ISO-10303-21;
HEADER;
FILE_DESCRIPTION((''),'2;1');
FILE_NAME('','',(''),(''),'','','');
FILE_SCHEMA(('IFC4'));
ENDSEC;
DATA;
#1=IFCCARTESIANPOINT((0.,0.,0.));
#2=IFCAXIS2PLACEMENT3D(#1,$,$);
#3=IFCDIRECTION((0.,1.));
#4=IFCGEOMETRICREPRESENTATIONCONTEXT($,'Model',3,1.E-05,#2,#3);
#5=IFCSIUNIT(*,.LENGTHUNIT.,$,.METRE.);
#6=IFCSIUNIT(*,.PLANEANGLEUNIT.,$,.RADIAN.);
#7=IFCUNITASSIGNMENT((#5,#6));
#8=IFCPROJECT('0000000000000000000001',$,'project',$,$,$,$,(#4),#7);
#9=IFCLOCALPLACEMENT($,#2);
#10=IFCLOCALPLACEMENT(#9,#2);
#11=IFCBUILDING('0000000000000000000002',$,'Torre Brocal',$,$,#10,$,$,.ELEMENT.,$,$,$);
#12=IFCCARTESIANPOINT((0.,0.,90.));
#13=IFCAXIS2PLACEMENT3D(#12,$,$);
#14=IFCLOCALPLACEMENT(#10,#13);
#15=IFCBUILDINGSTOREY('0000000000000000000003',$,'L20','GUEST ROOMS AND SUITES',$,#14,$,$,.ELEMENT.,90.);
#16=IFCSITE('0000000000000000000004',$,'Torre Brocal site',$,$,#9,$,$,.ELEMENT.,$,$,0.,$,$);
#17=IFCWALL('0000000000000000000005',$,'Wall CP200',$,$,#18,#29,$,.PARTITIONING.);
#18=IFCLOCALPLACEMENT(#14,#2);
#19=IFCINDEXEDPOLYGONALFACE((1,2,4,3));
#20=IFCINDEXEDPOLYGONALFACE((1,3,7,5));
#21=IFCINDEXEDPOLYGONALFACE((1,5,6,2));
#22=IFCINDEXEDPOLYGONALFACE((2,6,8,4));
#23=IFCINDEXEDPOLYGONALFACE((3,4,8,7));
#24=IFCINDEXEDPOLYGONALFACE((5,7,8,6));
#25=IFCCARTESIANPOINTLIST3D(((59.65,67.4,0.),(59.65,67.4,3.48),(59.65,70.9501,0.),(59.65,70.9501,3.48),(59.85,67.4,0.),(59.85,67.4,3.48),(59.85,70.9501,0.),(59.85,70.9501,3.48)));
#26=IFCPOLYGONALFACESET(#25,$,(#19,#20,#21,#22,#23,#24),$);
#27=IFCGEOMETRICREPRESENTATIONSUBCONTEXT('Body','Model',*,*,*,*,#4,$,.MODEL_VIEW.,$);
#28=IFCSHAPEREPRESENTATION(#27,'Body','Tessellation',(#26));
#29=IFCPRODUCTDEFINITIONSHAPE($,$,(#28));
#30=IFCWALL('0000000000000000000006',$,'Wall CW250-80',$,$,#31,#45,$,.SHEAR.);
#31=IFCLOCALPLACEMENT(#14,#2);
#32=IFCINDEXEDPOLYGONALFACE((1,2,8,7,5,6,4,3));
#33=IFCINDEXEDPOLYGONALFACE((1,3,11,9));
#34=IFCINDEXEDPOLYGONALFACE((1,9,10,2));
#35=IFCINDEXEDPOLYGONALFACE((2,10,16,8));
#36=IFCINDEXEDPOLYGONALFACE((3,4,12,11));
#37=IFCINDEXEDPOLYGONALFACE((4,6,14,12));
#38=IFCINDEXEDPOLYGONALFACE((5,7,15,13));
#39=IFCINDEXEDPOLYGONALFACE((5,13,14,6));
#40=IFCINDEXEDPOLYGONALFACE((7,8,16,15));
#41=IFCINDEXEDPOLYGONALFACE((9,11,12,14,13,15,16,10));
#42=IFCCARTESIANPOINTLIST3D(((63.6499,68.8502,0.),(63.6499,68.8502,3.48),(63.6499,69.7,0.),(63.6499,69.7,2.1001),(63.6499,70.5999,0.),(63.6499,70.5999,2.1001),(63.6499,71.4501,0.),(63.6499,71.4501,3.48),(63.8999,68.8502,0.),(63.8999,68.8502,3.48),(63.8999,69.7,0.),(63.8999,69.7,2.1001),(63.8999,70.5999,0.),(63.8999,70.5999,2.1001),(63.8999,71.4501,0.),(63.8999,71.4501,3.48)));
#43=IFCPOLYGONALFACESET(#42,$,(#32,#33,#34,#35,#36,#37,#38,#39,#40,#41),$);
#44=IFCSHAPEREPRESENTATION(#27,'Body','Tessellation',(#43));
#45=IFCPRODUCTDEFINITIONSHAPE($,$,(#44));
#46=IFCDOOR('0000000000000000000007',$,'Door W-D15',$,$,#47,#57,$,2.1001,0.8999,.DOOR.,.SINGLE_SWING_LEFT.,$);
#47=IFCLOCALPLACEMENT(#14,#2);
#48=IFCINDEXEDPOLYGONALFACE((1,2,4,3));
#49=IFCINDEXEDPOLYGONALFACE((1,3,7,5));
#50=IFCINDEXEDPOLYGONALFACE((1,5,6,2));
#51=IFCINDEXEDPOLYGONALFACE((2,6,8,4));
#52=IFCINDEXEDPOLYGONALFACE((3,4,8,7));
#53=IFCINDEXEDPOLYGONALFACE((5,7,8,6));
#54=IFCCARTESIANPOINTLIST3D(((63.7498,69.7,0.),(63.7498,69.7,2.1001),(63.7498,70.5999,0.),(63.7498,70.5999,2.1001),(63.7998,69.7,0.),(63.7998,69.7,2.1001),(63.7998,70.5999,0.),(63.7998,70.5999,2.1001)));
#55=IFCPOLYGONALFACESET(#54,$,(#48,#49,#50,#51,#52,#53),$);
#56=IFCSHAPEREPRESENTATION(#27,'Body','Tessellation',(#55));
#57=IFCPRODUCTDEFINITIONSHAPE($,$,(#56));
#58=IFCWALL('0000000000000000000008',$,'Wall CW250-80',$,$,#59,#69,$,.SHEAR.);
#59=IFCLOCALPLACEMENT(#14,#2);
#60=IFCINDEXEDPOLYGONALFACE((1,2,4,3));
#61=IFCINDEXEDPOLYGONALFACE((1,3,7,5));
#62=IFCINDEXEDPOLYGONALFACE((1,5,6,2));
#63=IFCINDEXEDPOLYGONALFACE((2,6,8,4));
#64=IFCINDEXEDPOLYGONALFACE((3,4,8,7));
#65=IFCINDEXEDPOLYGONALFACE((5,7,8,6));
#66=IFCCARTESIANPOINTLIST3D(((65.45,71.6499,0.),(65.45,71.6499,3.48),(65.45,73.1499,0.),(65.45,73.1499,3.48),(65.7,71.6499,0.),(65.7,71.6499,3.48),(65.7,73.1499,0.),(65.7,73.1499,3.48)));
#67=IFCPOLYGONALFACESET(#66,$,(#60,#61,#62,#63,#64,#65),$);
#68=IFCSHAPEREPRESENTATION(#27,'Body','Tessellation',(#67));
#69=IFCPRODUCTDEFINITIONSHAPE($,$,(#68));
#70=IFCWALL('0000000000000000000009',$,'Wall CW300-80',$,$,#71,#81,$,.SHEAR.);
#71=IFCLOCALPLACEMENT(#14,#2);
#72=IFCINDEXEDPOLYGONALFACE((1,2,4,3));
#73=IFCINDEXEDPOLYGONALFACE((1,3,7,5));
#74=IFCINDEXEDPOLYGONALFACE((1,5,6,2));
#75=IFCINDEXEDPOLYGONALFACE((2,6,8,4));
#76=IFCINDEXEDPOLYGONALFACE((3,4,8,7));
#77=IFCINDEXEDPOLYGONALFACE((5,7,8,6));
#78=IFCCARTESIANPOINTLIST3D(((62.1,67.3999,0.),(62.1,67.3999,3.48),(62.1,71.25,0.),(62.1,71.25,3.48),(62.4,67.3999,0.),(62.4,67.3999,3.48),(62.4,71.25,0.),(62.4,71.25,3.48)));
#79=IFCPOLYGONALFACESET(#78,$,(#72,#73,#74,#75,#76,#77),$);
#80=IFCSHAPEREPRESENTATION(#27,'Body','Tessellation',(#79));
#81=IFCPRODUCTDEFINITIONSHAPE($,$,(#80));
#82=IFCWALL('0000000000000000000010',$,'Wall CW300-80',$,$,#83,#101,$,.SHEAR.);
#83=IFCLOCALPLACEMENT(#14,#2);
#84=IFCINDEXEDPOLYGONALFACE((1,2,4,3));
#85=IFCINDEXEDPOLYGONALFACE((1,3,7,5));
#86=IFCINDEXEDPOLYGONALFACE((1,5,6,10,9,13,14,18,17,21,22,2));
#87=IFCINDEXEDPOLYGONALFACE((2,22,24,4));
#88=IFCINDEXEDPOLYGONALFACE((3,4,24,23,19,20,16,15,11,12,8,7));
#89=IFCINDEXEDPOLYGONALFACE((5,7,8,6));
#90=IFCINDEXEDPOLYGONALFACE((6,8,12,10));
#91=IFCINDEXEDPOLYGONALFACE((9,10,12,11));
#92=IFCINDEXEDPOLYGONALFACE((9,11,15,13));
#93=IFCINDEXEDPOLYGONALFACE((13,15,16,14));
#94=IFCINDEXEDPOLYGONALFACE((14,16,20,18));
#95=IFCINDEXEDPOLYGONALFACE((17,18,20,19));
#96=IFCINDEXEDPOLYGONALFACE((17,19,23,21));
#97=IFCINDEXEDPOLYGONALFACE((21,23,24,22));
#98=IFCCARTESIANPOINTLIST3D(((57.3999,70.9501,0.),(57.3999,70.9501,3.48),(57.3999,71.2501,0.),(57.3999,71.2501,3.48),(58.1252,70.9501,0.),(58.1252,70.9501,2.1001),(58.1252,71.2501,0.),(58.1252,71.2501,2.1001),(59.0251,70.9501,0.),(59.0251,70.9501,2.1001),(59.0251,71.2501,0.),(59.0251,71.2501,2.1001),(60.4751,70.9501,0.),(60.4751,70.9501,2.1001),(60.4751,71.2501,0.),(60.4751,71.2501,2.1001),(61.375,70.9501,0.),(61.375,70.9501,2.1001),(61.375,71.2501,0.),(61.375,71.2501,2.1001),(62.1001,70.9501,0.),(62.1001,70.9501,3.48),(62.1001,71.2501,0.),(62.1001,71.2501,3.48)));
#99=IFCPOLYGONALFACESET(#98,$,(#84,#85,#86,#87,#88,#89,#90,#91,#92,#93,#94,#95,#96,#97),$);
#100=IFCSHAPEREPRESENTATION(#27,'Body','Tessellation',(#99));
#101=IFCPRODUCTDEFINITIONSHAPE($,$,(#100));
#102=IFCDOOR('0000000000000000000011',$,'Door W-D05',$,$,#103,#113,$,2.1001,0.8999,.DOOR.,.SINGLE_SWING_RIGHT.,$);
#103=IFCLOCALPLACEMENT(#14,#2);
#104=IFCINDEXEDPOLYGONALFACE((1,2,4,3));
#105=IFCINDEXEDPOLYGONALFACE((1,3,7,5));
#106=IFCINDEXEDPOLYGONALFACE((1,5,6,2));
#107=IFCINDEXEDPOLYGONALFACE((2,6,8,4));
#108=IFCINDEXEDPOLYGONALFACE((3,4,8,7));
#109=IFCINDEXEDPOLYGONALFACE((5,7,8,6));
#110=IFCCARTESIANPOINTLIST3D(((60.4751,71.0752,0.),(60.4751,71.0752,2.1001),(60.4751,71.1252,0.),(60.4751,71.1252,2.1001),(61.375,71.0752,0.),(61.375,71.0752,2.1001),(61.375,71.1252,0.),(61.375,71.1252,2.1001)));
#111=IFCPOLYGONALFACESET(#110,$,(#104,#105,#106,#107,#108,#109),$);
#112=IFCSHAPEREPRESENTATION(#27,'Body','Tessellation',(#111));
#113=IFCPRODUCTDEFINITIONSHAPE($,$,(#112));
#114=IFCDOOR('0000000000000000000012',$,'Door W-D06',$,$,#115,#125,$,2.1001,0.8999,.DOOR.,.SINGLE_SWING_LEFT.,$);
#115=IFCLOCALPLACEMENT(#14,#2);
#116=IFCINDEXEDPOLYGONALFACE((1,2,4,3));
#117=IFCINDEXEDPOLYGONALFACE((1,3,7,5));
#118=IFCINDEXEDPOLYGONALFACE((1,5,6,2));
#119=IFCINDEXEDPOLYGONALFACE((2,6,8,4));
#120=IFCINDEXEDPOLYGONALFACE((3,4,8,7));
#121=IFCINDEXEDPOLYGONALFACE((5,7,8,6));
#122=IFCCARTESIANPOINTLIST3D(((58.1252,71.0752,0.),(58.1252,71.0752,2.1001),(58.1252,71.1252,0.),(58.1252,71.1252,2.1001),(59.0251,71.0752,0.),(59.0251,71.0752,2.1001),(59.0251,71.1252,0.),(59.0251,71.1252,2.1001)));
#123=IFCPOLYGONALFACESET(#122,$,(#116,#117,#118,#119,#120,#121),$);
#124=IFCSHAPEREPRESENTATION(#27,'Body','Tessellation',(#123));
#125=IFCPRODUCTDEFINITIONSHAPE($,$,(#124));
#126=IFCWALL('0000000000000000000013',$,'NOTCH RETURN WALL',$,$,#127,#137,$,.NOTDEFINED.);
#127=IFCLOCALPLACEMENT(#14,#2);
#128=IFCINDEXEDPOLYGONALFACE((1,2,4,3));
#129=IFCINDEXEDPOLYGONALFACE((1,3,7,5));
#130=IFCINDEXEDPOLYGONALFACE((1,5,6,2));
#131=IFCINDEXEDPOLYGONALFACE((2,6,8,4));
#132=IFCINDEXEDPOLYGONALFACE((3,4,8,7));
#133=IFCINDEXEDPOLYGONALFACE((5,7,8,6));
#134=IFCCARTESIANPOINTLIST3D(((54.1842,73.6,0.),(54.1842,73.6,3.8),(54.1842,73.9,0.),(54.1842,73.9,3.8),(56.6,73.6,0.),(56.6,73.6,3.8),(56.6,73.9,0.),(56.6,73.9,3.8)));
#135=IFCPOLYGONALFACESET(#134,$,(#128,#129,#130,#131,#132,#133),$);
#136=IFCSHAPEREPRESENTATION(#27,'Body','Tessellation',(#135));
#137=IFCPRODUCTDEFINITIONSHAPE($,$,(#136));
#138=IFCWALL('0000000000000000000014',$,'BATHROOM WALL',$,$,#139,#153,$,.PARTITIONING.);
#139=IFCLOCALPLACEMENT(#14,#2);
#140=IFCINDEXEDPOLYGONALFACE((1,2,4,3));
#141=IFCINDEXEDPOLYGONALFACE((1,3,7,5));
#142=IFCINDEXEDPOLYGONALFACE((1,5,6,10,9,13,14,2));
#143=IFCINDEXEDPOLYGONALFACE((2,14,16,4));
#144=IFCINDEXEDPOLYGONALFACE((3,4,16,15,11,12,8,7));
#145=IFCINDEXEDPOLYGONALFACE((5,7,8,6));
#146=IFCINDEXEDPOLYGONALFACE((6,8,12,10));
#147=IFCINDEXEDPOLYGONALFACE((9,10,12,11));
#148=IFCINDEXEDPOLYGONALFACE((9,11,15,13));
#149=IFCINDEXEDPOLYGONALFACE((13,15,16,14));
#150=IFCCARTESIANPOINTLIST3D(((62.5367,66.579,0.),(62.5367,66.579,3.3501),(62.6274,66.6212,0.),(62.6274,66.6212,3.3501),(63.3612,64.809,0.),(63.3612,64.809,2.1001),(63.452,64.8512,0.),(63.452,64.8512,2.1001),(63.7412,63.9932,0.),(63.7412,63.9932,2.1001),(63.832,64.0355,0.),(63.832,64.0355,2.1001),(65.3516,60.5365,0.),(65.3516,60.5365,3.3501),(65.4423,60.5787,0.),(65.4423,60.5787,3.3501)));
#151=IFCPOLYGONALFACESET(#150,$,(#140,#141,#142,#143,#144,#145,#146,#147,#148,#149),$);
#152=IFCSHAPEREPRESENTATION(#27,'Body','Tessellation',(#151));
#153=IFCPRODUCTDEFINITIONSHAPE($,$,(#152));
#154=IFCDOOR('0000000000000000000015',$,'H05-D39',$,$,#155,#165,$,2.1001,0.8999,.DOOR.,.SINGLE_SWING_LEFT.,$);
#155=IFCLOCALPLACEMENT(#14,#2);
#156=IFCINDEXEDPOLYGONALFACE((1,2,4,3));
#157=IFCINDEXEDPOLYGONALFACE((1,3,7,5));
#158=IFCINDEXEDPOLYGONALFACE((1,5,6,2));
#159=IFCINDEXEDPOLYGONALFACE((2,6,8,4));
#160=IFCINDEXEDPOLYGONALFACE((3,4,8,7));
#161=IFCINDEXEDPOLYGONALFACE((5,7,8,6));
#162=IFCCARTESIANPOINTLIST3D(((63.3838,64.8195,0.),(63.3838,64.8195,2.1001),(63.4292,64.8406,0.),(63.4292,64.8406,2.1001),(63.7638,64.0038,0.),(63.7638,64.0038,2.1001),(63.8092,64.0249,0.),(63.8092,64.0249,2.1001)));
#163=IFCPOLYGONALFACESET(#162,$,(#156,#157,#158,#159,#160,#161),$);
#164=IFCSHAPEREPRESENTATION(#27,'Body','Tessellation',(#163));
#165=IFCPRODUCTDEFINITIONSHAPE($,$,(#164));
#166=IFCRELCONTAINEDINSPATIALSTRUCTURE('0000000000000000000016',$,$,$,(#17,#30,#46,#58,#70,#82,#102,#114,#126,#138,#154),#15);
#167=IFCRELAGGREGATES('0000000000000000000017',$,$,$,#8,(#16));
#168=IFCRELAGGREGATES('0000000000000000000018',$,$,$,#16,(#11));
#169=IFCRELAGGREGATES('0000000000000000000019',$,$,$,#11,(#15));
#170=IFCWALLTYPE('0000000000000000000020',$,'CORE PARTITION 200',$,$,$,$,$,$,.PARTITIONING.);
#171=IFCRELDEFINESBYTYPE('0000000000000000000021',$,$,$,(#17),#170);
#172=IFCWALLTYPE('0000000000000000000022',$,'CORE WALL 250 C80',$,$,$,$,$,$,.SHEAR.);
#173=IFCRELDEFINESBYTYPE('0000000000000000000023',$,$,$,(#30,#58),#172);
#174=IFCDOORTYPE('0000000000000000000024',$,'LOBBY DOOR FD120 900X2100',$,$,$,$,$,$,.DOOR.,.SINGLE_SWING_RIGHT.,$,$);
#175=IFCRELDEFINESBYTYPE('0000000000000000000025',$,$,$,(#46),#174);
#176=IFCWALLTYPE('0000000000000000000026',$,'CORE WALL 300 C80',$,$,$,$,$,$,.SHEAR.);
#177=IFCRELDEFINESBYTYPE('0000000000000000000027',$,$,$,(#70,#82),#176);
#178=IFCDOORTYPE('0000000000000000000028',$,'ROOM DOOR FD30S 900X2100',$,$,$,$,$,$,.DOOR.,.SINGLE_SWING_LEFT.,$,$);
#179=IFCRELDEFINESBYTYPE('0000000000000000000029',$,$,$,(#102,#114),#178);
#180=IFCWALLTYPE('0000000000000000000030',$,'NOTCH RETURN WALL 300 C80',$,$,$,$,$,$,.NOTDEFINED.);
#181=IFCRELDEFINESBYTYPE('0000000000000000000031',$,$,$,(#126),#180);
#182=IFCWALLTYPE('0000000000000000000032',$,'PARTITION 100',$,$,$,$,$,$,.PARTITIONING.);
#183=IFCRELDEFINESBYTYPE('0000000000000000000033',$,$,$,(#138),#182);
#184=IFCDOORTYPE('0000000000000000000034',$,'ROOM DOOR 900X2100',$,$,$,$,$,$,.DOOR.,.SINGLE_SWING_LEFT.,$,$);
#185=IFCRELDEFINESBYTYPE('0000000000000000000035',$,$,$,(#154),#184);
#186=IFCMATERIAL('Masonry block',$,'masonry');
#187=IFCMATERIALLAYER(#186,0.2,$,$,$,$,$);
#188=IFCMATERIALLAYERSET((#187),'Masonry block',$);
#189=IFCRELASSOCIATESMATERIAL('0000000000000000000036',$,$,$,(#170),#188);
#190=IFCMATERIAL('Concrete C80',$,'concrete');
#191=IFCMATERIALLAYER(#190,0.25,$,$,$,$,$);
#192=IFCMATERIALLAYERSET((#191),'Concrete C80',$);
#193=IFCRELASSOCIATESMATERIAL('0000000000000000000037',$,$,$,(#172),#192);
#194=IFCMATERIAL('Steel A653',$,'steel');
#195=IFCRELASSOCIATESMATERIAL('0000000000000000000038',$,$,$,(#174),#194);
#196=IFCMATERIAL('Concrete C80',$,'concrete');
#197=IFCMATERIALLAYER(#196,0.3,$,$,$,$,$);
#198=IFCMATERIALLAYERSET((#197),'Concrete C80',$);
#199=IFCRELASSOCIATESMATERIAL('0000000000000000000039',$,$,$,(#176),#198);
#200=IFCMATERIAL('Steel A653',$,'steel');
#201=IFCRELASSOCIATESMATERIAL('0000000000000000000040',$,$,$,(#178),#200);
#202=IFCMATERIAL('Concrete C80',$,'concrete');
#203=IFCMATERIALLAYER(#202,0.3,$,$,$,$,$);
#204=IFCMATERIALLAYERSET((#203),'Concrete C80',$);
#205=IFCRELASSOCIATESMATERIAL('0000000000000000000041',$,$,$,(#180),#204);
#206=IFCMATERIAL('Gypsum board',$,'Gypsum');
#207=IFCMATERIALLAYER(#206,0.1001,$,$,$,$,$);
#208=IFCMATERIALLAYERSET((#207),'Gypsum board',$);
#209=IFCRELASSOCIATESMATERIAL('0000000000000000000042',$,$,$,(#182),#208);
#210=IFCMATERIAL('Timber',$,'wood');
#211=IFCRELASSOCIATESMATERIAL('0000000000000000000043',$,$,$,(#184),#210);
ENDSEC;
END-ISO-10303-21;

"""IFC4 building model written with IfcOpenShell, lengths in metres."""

from ifc_helpers import new_model, si_unit, direction, frame, frame_2d, origin, place, context, subcontext, project, spatial, rectangle, extrude, material, layer, layer_set, type_object, element, fill, save


model = new_model("IFC4")

# Units and contexts
model_context = context("Model", 3, precision=1e-05, world=origin(), true_north=direction((0.0, 1.0)))
body_context = subcontext(model_context, "Body", "Model", "MODEL_VIEW")
ifc_project = project(units=[si_unit("LENGTHUNIT", "METRE"), si_unit("PLANEANGLEUNIT", "RADIAN")], contexts=[model_context])

# Site, building, storey
site_placement = place(None, origin())
site = spatial("IfcSite", under=ifc_project, at=site_placement, Name="Torre Brocal site", CompositionType="ELEMENT", RefElevation=0.0)
building_placement = place(site_placement, origin())
building = spatial("IfcBuilding", under=site, at=building_placement, Name="Torre Brocal", CompositionType="ELEMENT")
storey_placement = place(building_placement, frame((0.0, 0.0, 90.0)))
storey = spatial("IfcBuildingStorey", under=building, at=storey_placement, Name="L20", Description="GUEST ROOMS AND SUITES", CompositionType="ELEMENT", Elevation=90.0)

# Wall
ifc_material_1 = material(Name="Masonry block", Category="masonry")
ifc_layer_1 = layer(ifc_material_1, 0.2)
ifc_layer_set_1 = layer_set([ifc_layer_1], Name="Masonry block")
wall_type_1 = type_object("IfcWallType", Name="CORE PARTITION 200", PredefinedType="PARTITIONING", material=ifc_layer_set_1)
wall_1_placement = place(storey_placement, frame((59.75, 70.95, 0.0), z_axis=(0.0, 0.0, 1.0), x_axis=(0.0, -1.0, 0.0)))
element("IfcWall", 1, at=wall_1_placement, inside=storey, type_object=wall_type_1, Name="Wall CP200", PredefinedType="PARTITIONING", context=body_context, shape_type="SweptSolid", body=[
    extrude(rectangle(XDim=3.55, YDim=0.2, at=frame_2d((1.7749, 0.0))), origin(), (0.0, 0.0, 1.0), 3.48),
])

# Wall, opening, door
ifc_material_2 = material(Name="Concrete C80", Category="concrete")
ifc_layer_2 = layer(ifc_material_2, 0.25)
ifc_layer_set_2 = layer_set([ifc_layer_2], Name="Concrete C80")
wall_type_2 = type_object("IfcWallType", Name="CORE WALL 250 C80", PredefinedType="SHEAR", material=ifc_layer_set_2)
wall_2_placement = place(storey_placement, frame((63.7749, 71.45, 0.0), z_axis=(0.0, 0.0, 1.0), x_axis=(0.0, -1.0, 0.0)))
wall_2 = element("IfcWall", 2, at=wall_2_placement, inside=storey, type_object=wall_type_2, Name="Wall CW250-80", PredefinedType="SHEAR", context=body_context, shape_type="SweptSolid", body=[
    extrude(rectangle(XDim=2.5999, YDim=0.25, at=frame_2d((1.2998, 0.0))), origin(), (0.0, 0.0, 1.0), 3.48),
])
opening_1_placement = place(wall_2_placement, frame((0.8501, 0.0, 0.0)))
opening_1 = element("IfcOpeningElement", 3, at=opening_1_placement, cuts=wall_2, PredefinedType="OPENING", context=body_context, shape_type="SweptSolid", body=[
    extrude(rectangle(XDim=0.8999, YDim=2.1001, at=frame_2d((0.45, 1.05))), frame((0.0, 0.135, 0.0), z_axis=(0.0, -1.0, 0.0), x_axis=(1.0, 0.0, 0.0)), (0.0, 0.0, 1.0), 0.27),
])
ifc_material_3 = material(Name="Steel A653", Category="steel")
door_type_1 = type_object("IfcDoorType", Name="LOBBY DOOR FD120 900X2100", OperationType="SINGLE_SWING_RIGHT", PredefinedType="DOOR", material=ifc_material_3)
door_1_placement = place(opening_1_placement, origin())
door_1 = element("IfcDoor", 4, at=door_1_placement, inside=storey, type_object=door_type_1, Name="Door W-D15", OperationType="SINGLE_SWING_LEFT", OverallHeight=2.1001, OverallWidth=0.8999, PredefinedType="DOOR", context=body_context, shape_type="SweptSolid", body=[
    extrude(rectangle(XDim=0.8999, YDim=2.1001, at=frame_2d((0.45, 1.05))), frame((0.0, 0.0249, 0.0), z_axis=(0.0, -1.0, 0.0), x_axis=(1.0, 0.0, 0.0)), (0.0, 0.0, 1.0), 0.05),
])
fill(opening_1, door_1)

# Walls
wall_3_placement = place(storey_placement, frame((65.575, 73.1499, 0.0), z_axis=(0.0, 0.0, 1.0), x_axis=(0.0, -1.0, 0.0)))
element("IfcWall", 5, at=wall_3_placement, inside=storey, type_object=wall_type_2, Name="Wall CW250-80", PredefinedType="SHEAR", context=body_context, shape_type="SweptSolid", body=[
    extrude(rectangle(XDim=1.5, YDim=0.25, at=frame_2d((0.75, 0.0))), origin(), (0.0, 0.0, 1.0), 3.48),
])
ifc_material_4 = material(Name="Concrete C80", Category="concrete")
ifc_layer_3 = layer(ifc_material_4, 0.3)
ifc_layer_set_3 = layer_set([ifc_layer_3], Name="Concrete C80")
wall_type_3 = type_object("IfcWallType", Name="CORE WALL 300 C80", PredefinedType="SHEAR", material=ifc_layer_set_3)
wall_4_placement = place(storey_placement, frame((62.25, 71.25, 0.0), z_axis=(0.0, 0.0, 1.0), x_axis=(0.0, -1.0, 0.0)))
element("IfcWall", 6, at=wall_4_placement, inside=storey, type_object=wall_type_3, Name="Wall CW300-80", PredefinedType="SHEAR", context=body_context, shape_type="SweptSolid", body=[
    extrude(rectangle(XDim=3.8501, YDim=0.3, at=frame_2d((1.925, 0.0))), origin(), (0.0, 0.0, 1.0), 3.48),
])

# Wall, openings, doors
wall_5_placement = place(storey_placement, frame((62.1001, 71.1001, 0.0), z_axis=(0.0, 0.0, 1.0), x_axis=(-1.0, 0.0, 0.0)))
wall_5 = element("IfcWall", 7, at=wall_5_placement, inside=storey, type_object=wall_type_3, Name="Wall CW300-80", PredefinedType="SHEAR", context=body_context, shape_type="SweptSolid", body=[
    extrude(rectangle(XDim=4.7002, YDim=0.3, at=frame_2d((2.3501, 0.0))), origin(), (0.0, 0.0, 1.0), 3.48),
])
opening_2_placement = place(wall_5_placement, frame((0.7251, 0.0, 0.0)))
opening_2 = element("IfcOpeningElement", 8, at=opening_2_placement, cuts=wall_5, PredefinedType="OPENING", context=body_context, shape_type="SweptSolid", body=[
    extrude(rectangle(XDim=0.8999, YDim=2.1001, at=frame_2d((0.45, 1.05))), frame((0.0, 0.1599, 0.0), z_axis=(0.0, -1.0, 0.0), x_axis=(1.0, 0.0, 0.0)), (0.0, 0.0, 1.0), 0.3201),
])
opening_3_placement = place(wall_5_placement, frame((3.075, 0.0, 0.0)))
opening_3 = element("IfcOpeningElement", 9, at=opening_3_placement, cuts=wall_5, PredefinedType="OPENING", context=body_context, shape_type="SweptSolid", body=[
    extrude(rectangle(XDim=0.8999, YDim=2.1001, at=frame_2d((0.45, 1.05))), frame((0.0, 0.1599, 0.0), z_axis=(0.0, -1.0, 0.0), x_axis=(1.0, 0.0, 0.0)), (0.0, 0.0, 1.0), 0.3201),
])
ifc_material_5 = material(Name="Steel A653", Category="steel")
door_type_2 = type_object("IfcDoorType", Name="ROOM DOOR FD30S 900X2100", OperationType="SINGLE_SWING_LEFT", PredefinedType="DOOR", material=ifc_material_5)
door_2_placement = place(opening_2_placement, origin())
door_2 = element("IfcDoor", 10, at=door_2_placement, inside=storey, type_object=door_type_2, Name="Door W-D05", OperationType="SINGLE_SWING_RIGHT", OverallHeight=2.1001, OverallWidth=0.8999, PredefinedType="DOOR", context=body_context, shape_type="SweptSolid", body=[
    extrude(rectangle(XDim=0.8999, YDim=2.1001, at=frame_2d((0.45, 1.05))), frame((0.0, 0.0249, 0.0), z_axis=(0.0, -1.0, 0.0), x_axis=(1.0, 0.0, 0.0)), (0.0, 0.0, 1.0), 0.05),
])
fill(opening_2, door_2)
door_3_placement = place(opening_3_placement, origin())
door_3 = element("IfcDoor", 11, at=door_3_placement, inside=storey, type_object=door_type_2, Name="Door W-D06", OperationType="SINGLE_SWING_LEFT", OverallHeight=2.1001, OverallWidth=0.8999, PredefinedType="DOOR", context=body_context, shape_type="SweptSolid", body=[
    extrude(rectangle(XDim=0.8999, YDim=2.1001, at=frame_2d((0.45, 1.05))), frame((0.0, 0.0249, 0.0), z_axis=(0.0, -1.0, 0.0), x_axis=(1.0, 0.0, 0.0)), (0.0, 0.0, 1.0), 0.05),
])
fill(opening_3, door_3)

# Wall
ifc_material_6 = material(Name="Concrete C80", Category="concrete")
ifc_layer_4 = layer(ifc_material_6, 0.3)
ifc_layer_set_4 = layer_set([ifc_layer_4], Name="Concrete C80")
wall_type_4 = type_object("IfcWallType", Name="NOTCH RETURN WALL 300 C80", PredefinedType="NOTDEFINED", material=ifc_layer_set_4)
wall_6_placement = place(storey_placement, frame((56.6001, 73.75, 0.0), z_axis=(0.0, 0.0, 1.0), x_axis=(-1.0, 0.0, 0.0)))
element("IfcWall", 12, at=wall_6_placement, inside=storey, type_object=wall_type_4, Name="NOTCH RETURN WALL", PredefinedType="NOTDEFINED", context=body_context, shape_type="SweptSolid", body=[
    extrude(rectangle(XDim=2.4158, YDim=0.3, at=frame_2d((1.208, 0.0))), origin(), (0.0, 0.0, 1.0), 3.8),
])

# Wall, opening, door
ifc_material_7 = material(Name="Gypsum board", Category="Gypsum")
ifc_layer_5 = layer(ifc_material_7, 0.1001)
ifc_layer_set_5 = layer_set([ifc_layer_5], Name="Gypsum board")
wall_type_5 = type_object("IfcWallType", Name="PARTITION 100", PredefinedType="PARTITIONING", material=ifc_layer_set_5)
wall_7_placement = place(storey_placement, frame((62.582, 66.6001, 0.0), z_axis=(0.0, 0.0, 1.0), x_axis=(0.422284, -0.906464, 0.0)))
wall_7 = element("IfcWall", 13, at=wall_7_placement, inside=storey, type_object=wall_type_5, Name="BATHROOM WALL", PredefinedType="PARTITIONING", context=body_context, shape_type="SweptSolid", body=[
    extrude(rectangle(XDim=6.666, YDim=0.1001, at=frame_2d((3.333, 0.0))), origin(), (0.0, 0.0, 1.0), 3.3501),
])
opening_4_placement = place(wall_7_placement, frame((1.9526, 0.0, 0.0)))
opening_4 = element("IfcOpeningElement", 14, at=opening_4_placement, cuts=wall_7, PredefinedType="OPENING", context=body_context, shape_type="SweptSolid", body=[
    extrude(rectangle(XDim=0.8999, YDim=2.1001, at=frame_2d((0.45, 1.05))), frame((0.0, 0.0601, 0.0), z_axis=(0.0, -1.0, 0.0), x_axis=(1.0, 0.0, 0.0)), (0.0, 0.0, 1.0), 0.1201),
])
ifc_material_8 = material(Name="Timber", Category="wood")
door_type_3 = type_object("IfcDoorType", Name="ROOM DOOR 900X2100", OperationType="SINGLE_SWING_LEFT", PredefinedType="DOOR", material=ifc_material_8)
door_4_placement = place(opening_4_placement, origin())
door_4 = element("IfcDoor", 15, at=door_4_placement, inside=storey, type_object=door_type_3, Name="H05-D39", OperationType="SINGLE_SWING_LEFT", OverallHeight=2.1001, OverallWidth=0.8999, PredefinedType="DOOR", context=body_context, shape_type="SweptSolid", body=[
    extrude(rectangle(XDim=0.8999, YDim=2.1001, at=frame_2d((0.45, 1.05))), frame((0.0, 0.0249, 0.0), z_axis=(0.0, -1.0, 0.0), x_axis=(1.0, 0.0, 0.0)), (0.0, 0.0, 1.0), 0.05),
])
fill(opening_4, door_4)

save(model, "model.ifc")
